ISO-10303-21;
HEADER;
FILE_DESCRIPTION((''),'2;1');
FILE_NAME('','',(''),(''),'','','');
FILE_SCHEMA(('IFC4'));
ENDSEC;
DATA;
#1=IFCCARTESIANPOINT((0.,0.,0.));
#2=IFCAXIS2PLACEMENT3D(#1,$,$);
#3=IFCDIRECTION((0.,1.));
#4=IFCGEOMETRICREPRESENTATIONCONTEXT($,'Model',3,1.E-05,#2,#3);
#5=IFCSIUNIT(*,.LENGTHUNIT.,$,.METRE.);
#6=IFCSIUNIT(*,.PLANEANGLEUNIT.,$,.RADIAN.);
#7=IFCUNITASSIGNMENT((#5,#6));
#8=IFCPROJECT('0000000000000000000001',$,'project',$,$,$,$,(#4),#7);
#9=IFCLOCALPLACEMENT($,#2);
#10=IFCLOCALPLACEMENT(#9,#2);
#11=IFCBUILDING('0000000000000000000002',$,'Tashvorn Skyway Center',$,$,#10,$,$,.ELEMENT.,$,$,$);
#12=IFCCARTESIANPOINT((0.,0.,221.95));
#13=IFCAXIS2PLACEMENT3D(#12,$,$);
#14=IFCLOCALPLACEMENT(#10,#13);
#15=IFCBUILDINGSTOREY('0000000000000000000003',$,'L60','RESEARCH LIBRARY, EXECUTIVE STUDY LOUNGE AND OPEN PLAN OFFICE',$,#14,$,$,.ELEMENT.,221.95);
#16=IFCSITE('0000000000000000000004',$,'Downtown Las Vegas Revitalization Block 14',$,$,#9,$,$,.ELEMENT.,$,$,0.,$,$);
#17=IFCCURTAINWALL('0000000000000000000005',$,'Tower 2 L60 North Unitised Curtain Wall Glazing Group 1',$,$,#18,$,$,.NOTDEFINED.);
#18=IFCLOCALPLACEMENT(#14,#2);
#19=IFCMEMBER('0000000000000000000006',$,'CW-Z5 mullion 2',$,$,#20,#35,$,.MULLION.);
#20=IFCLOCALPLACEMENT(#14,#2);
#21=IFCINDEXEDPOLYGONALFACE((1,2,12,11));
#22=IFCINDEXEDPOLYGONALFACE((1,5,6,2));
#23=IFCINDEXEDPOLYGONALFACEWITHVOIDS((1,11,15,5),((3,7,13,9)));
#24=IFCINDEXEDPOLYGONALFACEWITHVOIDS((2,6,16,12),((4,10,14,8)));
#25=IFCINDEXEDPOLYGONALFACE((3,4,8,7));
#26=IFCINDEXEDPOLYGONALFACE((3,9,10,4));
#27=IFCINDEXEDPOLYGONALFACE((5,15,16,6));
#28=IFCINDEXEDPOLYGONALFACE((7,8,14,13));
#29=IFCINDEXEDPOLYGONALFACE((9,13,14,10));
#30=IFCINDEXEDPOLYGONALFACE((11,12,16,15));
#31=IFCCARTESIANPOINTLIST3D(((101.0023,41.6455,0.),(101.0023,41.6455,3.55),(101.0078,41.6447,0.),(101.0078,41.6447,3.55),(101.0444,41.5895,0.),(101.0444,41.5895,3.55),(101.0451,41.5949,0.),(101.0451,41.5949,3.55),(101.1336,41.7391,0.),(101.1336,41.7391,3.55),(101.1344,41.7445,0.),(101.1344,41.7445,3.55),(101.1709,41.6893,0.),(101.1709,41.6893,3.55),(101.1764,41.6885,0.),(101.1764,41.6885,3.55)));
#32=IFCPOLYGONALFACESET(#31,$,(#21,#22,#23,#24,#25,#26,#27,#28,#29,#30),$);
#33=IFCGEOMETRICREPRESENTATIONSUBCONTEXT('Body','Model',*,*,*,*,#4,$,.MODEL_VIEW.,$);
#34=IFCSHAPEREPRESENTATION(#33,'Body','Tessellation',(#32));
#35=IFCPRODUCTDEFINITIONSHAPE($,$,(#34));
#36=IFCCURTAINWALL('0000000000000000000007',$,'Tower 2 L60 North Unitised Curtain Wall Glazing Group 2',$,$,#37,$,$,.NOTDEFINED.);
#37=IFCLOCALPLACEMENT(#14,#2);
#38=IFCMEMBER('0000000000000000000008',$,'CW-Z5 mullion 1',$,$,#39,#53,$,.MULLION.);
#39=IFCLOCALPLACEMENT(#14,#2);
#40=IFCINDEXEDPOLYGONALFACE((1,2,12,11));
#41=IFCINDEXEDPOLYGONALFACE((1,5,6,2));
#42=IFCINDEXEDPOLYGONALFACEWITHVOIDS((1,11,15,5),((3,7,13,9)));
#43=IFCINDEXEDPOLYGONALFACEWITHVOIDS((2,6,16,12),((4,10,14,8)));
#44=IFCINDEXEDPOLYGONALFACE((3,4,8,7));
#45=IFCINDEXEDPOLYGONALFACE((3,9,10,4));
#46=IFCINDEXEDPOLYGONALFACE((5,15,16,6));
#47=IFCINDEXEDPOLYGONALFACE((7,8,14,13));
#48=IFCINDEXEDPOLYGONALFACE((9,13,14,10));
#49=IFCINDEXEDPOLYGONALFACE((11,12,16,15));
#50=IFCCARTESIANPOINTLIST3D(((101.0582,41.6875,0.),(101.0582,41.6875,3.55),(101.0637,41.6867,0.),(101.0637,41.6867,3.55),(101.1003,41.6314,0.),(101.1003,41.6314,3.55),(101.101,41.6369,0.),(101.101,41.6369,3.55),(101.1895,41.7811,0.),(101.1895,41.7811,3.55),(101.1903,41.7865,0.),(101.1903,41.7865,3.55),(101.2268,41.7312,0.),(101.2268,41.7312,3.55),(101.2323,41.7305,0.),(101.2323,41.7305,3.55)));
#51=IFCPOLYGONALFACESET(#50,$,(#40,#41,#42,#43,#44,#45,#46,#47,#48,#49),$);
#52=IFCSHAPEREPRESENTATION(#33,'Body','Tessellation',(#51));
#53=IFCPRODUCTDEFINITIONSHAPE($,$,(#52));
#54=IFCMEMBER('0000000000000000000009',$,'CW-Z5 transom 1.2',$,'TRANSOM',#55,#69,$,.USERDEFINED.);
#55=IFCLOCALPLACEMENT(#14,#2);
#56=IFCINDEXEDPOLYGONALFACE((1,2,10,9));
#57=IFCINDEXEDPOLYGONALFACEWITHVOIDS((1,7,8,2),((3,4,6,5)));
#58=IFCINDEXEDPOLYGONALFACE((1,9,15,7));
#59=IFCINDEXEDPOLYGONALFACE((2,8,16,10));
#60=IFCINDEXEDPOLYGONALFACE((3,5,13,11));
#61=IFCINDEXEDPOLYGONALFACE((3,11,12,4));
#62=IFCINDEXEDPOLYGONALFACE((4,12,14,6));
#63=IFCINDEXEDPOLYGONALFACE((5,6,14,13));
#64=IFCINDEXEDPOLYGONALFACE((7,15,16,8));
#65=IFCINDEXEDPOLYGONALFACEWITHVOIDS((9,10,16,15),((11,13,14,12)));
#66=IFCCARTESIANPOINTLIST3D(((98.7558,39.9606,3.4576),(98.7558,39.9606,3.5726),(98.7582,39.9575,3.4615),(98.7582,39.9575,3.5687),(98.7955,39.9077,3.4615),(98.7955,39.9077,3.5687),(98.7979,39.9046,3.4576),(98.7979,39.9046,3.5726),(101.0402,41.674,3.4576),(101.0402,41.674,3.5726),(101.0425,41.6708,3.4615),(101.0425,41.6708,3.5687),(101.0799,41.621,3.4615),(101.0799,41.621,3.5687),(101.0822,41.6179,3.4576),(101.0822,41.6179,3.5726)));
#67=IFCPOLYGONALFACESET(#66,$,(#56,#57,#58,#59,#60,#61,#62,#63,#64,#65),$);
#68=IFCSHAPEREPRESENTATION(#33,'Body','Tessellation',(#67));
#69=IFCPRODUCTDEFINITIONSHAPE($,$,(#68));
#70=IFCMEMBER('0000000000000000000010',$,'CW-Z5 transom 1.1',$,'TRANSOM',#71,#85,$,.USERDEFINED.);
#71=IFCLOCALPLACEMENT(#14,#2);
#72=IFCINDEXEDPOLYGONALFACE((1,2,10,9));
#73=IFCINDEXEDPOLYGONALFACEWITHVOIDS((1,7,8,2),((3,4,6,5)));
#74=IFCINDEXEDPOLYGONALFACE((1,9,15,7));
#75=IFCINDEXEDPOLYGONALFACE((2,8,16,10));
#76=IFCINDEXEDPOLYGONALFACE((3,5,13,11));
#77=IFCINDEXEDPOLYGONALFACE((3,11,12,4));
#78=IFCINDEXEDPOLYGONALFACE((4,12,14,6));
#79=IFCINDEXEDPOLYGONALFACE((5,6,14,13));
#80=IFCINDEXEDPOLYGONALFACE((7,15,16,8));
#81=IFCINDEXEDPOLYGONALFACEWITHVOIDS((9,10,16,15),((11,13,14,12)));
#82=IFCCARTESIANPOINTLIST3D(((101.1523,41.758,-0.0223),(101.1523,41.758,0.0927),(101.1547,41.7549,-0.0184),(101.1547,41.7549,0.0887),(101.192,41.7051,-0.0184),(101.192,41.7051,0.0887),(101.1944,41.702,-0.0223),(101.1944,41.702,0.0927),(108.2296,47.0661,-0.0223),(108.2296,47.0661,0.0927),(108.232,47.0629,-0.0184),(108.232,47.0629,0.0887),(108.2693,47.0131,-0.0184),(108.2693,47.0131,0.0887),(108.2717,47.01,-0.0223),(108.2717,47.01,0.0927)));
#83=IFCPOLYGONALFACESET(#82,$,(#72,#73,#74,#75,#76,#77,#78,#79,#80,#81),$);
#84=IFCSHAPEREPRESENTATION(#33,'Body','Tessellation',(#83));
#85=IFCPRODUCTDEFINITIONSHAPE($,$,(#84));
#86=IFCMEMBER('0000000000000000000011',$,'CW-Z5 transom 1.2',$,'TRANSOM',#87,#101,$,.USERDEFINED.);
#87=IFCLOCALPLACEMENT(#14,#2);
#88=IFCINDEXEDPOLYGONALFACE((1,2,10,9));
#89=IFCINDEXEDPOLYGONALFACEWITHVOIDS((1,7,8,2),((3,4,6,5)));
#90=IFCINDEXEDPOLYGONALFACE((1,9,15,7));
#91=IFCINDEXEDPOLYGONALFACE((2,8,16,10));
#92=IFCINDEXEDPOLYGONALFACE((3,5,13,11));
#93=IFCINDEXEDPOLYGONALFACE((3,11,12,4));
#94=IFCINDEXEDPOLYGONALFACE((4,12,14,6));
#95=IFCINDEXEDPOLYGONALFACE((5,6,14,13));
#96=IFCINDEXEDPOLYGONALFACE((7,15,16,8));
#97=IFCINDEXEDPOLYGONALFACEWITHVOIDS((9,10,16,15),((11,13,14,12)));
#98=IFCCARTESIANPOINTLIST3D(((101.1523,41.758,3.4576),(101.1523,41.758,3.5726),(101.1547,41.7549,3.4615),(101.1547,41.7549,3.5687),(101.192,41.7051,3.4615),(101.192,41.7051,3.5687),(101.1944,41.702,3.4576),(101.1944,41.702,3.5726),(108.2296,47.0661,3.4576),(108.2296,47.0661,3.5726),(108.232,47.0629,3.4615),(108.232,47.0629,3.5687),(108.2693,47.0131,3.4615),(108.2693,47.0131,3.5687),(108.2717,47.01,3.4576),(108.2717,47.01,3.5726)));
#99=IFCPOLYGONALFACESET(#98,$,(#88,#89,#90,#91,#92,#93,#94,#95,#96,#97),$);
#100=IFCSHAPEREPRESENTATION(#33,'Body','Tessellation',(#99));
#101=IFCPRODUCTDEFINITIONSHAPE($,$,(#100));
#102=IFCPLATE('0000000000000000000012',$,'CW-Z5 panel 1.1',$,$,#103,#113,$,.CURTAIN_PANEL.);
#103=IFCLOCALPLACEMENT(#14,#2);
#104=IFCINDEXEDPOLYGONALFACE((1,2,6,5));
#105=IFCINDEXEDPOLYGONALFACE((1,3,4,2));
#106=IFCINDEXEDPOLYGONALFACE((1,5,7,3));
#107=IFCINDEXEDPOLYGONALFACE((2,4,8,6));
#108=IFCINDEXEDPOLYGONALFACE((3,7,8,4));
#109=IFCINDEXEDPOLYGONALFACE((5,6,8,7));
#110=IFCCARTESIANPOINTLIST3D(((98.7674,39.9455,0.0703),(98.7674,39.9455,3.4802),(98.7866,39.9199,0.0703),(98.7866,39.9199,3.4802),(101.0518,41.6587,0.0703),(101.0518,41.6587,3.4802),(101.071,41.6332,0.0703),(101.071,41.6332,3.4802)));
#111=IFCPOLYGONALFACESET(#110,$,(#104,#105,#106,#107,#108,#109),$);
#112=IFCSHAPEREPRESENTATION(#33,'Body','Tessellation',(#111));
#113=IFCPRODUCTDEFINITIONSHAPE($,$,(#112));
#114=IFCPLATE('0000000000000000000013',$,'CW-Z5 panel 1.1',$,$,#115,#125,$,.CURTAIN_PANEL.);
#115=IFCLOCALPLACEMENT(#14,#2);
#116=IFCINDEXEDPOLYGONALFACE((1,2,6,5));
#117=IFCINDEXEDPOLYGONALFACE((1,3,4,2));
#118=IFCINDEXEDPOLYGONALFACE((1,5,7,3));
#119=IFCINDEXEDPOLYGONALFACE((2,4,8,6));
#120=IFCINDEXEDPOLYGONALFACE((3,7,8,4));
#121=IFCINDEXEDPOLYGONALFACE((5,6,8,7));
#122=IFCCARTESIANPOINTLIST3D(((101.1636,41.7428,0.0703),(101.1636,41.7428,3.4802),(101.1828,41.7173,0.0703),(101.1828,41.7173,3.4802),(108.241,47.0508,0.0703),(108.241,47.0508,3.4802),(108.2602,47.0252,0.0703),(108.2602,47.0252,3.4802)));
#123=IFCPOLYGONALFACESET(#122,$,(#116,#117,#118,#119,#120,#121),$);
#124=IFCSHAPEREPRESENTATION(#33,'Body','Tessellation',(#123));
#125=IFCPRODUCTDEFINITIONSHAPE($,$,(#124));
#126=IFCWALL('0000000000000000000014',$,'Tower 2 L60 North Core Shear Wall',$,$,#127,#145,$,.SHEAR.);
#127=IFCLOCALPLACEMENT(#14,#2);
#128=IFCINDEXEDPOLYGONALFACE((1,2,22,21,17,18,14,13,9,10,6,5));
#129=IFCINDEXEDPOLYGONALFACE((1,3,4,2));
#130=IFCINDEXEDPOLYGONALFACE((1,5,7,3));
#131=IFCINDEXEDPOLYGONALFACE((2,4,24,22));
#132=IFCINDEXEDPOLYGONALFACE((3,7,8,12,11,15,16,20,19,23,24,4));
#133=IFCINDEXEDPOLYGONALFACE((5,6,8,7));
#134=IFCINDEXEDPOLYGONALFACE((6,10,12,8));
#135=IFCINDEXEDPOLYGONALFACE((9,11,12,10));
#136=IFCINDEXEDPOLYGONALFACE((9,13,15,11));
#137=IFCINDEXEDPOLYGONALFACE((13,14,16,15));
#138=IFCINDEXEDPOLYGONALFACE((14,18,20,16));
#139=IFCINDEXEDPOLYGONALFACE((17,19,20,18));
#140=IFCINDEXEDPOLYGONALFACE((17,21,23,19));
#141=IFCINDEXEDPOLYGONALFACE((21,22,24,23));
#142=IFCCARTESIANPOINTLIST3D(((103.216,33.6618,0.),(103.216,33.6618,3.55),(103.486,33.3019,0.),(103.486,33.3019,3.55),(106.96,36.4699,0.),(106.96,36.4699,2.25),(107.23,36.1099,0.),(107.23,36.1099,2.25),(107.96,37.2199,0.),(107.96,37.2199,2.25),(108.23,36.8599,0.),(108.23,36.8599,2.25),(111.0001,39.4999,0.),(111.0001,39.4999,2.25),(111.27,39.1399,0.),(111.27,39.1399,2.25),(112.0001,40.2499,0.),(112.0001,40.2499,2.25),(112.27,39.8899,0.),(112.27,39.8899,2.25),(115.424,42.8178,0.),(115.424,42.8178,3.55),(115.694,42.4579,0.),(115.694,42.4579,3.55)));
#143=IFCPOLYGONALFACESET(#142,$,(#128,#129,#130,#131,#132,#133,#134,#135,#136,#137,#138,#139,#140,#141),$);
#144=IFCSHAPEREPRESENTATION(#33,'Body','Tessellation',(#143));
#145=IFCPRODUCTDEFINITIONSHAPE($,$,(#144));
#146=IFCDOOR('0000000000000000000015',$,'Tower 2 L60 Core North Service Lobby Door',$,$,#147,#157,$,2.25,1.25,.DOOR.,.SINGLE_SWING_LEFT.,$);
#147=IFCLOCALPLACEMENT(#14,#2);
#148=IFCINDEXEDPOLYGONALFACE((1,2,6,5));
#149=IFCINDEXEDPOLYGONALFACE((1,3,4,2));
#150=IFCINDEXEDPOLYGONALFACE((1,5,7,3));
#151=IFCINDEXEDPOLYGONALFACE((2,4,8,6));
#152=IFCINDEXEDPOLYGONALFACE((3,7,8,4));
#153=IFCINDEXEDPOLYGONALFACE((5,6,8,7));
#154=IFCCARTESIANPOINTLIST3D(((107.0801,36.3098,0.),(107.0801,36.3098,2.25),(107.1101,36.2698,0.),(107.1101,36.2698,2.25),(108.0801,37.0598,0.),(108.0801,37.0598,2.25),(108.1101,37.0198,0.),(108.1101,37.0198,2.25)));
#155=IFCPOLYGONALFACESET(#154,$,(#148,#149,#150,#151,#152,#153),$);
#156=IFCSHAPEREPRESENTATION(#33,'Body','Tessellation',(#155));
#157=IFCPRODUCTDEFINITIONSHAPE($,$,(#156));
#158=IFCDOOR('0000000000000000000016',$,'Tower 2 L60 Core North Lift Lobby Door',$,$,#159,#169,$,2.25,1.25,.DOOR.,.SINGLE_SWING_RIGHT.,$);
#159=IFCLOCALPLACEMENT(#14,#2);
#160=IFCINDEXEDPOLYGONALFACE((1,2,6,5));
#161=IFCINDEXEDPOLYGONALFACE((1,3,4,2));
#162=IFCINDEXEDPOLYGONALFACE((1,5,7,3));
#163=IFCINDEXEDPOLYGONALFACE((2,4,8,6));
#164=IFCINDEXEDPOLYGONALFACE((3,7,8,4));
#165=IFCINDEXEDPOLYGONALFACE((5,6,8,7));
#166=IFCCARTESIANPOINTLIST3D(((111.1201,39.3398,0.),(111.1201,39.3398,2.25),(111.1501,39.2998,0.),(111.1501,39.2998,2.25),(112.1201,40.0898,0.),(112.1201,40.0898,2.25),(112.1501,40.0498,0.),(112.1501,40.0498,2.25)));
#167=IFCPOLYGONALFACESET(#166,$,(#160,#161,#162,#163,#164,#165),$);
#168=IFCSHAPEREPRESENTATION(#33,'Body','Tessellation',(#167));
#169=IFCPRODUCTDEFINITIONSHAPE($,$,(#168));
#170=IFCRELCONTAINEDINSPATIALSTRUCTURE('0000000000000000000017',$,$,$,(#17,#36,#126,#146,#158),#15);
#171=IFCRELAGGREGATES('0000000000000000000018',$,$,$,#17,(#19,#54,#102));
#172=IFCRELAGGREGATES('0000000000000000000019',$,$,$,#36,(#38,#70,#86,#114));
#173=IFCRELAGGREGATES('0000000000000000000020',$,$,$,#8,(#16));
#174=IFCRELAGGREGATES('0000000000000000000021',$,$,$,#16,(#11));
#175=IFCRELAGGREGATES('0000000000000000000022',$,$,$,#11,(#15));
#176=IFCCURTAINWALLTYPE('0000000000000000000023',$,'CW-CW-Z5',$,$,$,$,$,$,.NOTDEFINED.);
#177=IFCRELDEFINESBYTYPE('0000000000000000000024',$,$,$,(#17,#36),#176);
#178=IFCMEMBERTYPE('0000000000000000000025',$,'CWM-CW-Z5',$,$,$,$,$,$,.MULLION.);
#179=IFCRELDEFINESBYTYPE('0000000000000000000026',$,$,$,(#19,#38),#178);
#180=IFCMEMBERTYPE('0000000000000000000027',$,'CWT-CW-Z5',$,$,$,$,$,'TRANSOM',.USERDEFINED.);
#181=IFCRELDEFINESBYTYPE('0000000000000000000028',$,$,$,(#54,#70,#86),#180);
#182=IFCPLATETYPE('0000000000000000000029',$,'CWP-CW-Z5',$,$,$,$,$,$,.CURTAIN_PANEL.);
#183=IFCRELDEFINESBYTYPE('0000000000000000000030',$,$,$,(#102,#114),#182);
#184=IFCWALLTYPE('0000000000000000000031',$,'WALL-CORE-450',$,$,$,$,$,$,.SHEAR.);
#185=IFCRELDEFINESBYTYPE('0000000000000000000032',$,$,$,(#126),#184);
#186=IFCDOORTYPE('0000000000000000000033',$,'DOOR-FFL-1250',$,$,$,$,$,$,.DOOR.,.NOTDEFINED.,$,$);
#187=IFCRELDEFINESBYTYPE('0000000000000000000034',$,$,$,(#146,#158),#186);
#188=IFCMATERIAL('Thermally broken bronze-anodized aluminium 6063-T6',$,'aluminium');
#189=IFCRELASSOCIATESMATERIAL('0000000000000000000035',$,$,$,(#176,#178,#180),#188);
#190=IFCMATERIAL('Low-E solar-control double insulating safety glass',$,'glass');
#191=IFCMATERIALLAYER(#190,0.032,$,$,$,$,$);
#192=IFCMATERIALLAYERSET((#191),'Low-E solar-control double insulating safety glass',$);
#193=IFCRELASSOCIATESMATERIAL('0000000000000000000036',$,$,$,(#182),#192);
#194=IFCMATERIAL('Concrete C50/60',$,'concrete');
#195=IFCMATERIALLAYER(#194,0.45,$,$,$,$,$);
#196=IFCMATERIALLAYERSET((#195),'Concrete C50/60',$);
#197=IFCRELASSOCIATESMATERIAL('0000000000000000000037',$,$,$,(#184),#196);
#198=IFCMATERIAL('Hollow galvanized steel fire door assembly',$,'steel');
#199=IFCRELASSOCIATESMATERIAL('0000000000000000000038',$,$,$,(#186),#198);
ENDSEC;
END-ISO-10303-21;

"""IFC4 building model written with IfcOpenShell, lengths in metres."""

from ifc_helpers import new_model, si_unit, direction, frame, frame_2d, origin, origin_2d, place, context, subcontext, project, spatial, rectangle, hollow_rectangle, extrude, material, layer, layer_set, material_profile, profile_set, type_object, element, fill, aggregate, save


model = new_model("IFC4")

# Units and contexts
model_context = context("Model", 3, precision=1e-05, world=origin(), true_north=direction((0.0, 1.0)))
body_context = subcontext(model_context, "Body", "Model", "MODEL_VIEW")
ifc_project = project(units=[si_unit("LENGTHUNIT", "METRE"), si_unit("PLANEANGLEUNIT", "RADIAN")], contexts=[model_context])

# Site, building, storey
site_placement = place(None, origin())
site = spatial("IfcSite", under=ifc_project, at=site_placement, Name="Downtown Las Vegas Revitalization Block 14", CompositionType="ELEMENT", RefElevation=0.0)
building_placement = place(site_placement, origin())
building = spatial("IfcBuilding", under=site, at=building_placement, Name="Tashvorn Skyway Center", CompositionType="ELEMENT")
storey_placement = place(building_placement, frame((0.0, 0.0, 221.95)))
storey = spatial("IfcBuildingStorey", under=building, at=storey_placement, Name="L60", Description="RESEARCH LIBRARY, EXECUTIVE STUDY LOUNGE AND OPEN PLAN OFFICE", CompositionType="ELEMENT", Elevation=221.95)

# Curtain walls, members
ifc_material_1 = material(Name="Thermally broken bronze-anodized aluminium 6063-T6", Category="aluminium")
curtain_wall_type = type_object("IfcCurtainWallType", Name="CW-CW-Z5", PredefinedType="NOTDEFINED", material=ifc_material_1)
curtain_wall_1_placement = place(storey_placement, origin())
curtain_wall_1 = element("IfcCurtainWall", 1, at=curtain_wall_1_placement, inside=storey, type_object=curtain_wall_type, Name="Tower 2 L60 North Unitised Curtain Wall Glazing Group 1", PredefinedType="NOTDEFINED")
ifc_material_profile_1 = material_profile(ifc_material_1, hollow_rectangle(XDim=0.0701, YDim=0.165, WallThickness=0.0039, at=origin_2d()), Name="ALU-MULL-70x165")
ifc_profile_set_1 = profile_set([ifc_material_profile_1], Name="Thermally broken bronze-anodized aluminium 6063-T6")
member_type_1 = type_object("IfcMemberType", Name="CWM-CW-Z5", PredefinedType="MULLION", material=ifc_profile_set_1)
member_1_placement = place(storey_placement, frame((101.0894, 41.667, 0.0), z_axis=(0.0, 0.0, 1.0), x_axis=(-0.6, 0.8, 0.0)))
member_1 = element("IfcMember", 2, at=member_1_placement, type_object=member_type_1, Name="CW-Z5 mullion 2", PredefinedType="MULLION", context=body_context, shape_type="SweptSolid", body=[
    extrude(hollow_rectangle(XDim=0.0701, YDim=0.165, WallThickness=0.0039, at=origin_2d()), origin(), (0.0, 0.0, 1.0), 3.55),
])
curtain_wall_2_placement = place(storey_placement, origin())
curtain_wall_2 = element("IfcCurtainWall", 3, at=curtain_wall_2_placement, inside=storey, type_object=curtain_wall_type, Name="Tower 2 L60 North Unitised Curtain Wall Glazing Group 2", PredefinedType="NOTDEFINED")
member_2_placement = place(storey_placement, frame((101.1453, 41.709, 0.0), z_axis=(0.0, 0.0, 1.0), x_axis=(-0.599996, 0.800003, 0.0)))
member_2 = element("IfcMember", 4, at=member_2_placement, type_object=member_type_1, Name="CW-Z5 mullion 1", PredefinedType="MULLION", context=body_context, shape_type="SweptSolid", body=[
    extrude(hollow_rectangle(XDim=0.0701, YDim=0.165, WallThickness=0.0039, at=origin_2d()), origin(), (0.0, 0.0, 1.0), 3.55),
])

# Members
ifc_material_profile_2 = material_profile(ifc_material_1, hollow_rectangle(XDim=0.0701, YDim=0.115, WallThickness=0.0039, at=origin_2d()), Name="ALU-TRAN-70x115")
ifc_profile_set_2 = profile_set([ifc_material_profile_2], Name="Thermally broken bronze-anodized aluminium 6063-T6")
member_type_2 = type_object("IfcMemberType", Name="CWT-CW-Z5", ElementType="TRANSOM", PredefinedType="USERDEFINED", material=ifc_profile_set_2)
member_3_placement = place(storey_placement, frame((98.7769, 39.9326, 3.5151), z_axis=(0.79999, 0.600014, 0.0), x_axis=(-0.600014, 0.79999, 0.0)))
member_3 = element("IfcMember", 5, at=member_3_placement, type_object=member_type_2, Name="CW-Z5 transom 1.2", ObjectType="TRANSOM", PredefinedType="USERDEFINED", context=body_context, shape_type="SweptSolid", body=[
    extrude(hollow_rectangle(XDim=0.0701, YDim=0.115, WallThickness=0.0039, at=origin_2d()), origin(), (0.0, 0.0, 1.0), 2.8555),
])
member_4_placement = place(storey_placement, frame((101.1733, 41.73, 0.0352), z_axis=(0.799997, 0.600004, 0.0), x_axis=(-0.600004, 0.799997, 0.0)))
member_4 = element("IfcMember", 6, at=member_4_placement, type_object=member_type_2, Name="CW-Z5 transom 1.1", ObjectType="TRANSOM", PredefinedType="USERDEFINED", context=body_context, shape_type="SweptSolid", body=[
    extrude(hollow_rectangle(XDim=0.0701, YDim=0.115, WallThickness=0.0039, at=origin_2d()), origin(), (0.0, 0.0, 1.0), 8.8467),
])
member_5_placement = place(storey_placement, frame((101.1733, 41.73, 3.5151), z_axis=(0.799997, 0.600004, 0.0), x_axis=(-0.600004, 0.799997, 0.0)))
member_5 = element("IfcMember", 7, at=member_5_placement, type_object=member_type_2, Name="CW-Z5 transom 1.2", ObjectType="TRANSOM", PredefinedType="USERDEFINED", context=body_context, shape_type="SweptSolid", body=[
    extrude(hollow_rectangle(XDim=0.0701, YDim=0.115, WallThickness=0.0039, at=origin_2d()), origin(), (0.0, 0.0, 1.0), 8.8467),
])

# Plates
ifc_material_2 = material(Name="Low-E solar-control double insulating safety glass", Category="glass")
ifc_layer_1 = layer(ifc_material_2, 0.032)
ifc_layer_set_1 = layer_set([ifc_layer_1], Name="Low-E solar-control double insulating safety glass")
plate_type = type_object("IfcPlateType", Name="CWP-CW-Z5", PredefinedType="CURTAIN_PANEL", material=ifc_layer_set_1)
plate_1_placement = place(storey_placement, frame((99.9192, 40.7893, 0.0703), z_axis=(0.0, 0.0, 1.0), x_axis=(0.8, 0.6, 0.0)))
plate_1 = element("IfcPlate", 8, at=plate_1_placement, type_object=plate_type, Name="CW-Z5 panel 1.1", PredefinedType="CURTAIN_PANEL", context=body_context, shape_type="SweptSolid", body=[
    extrude(rectangle(XDim=2.8555, YDim=0.032, at=origin_2d()), origin(), (0.0, 0.0, 1.0), 3.4099),
])
aggregate(curtain_wall_1, [member_1, member_3, plate_1])
plate_2_placement = place(storey_placement, frame((104.7119, 44.384, 0.0703), z_axis=(0.0, 0.0, 1.0), x_axis=(0.800003, 0.599996, 0.0)))
plate_2 = element("IfcPlate", 9, at=plate_2_placement, type_object=plate_type, Name="CW-Z5 panel 1.1", PredefinedType="CURTAIN_PANEL", context=body_context, shape_type="SweptSolid", body=[
    extrude(rectangle(XDim=8.8467, YDim=0.032, at=origin_2d()), origin(), (0.0, 0.0, 1.0), 3.4099),
])
aggregate(curtain_wall_2, [member_2, member_4, member_5, plate_2])

# Wall, openings, doors
ifc_material_3 = material(Name="Concrete C50/60", Category="concrete")
ifc_layer_2 = layer(ifc_material_3, 0.45)
ifc_layer_set_2 = layer_set([ifc_layer_2], Name="Concrete C50/60")
wall_type_1 = type_object("IfcWallType", Name="WALL-CORE-450", PredefinedType="SHEAR", material=ifc_layer_set_2)
wall_1_placement = place(storey_placement, frame((103.3511, 33.4819, 0.0), z_axis=(0.0, 0.0, 1.0), x_axis=(0.8, 0.6, 0.0)))
wall_1 = element("IfcWall", 10, at=wall_1_placement, inside=storey, type_object=wall_type_1, Name="Tower 2 L60 North Core Shear Wall", PredefinedType="SHEAR", context=body_context, shape_type="SweptSolid", body=[
    extrude(rectangle(XDim=15.26, YDim=0.45, at=frame_2d((7.6299, 0.0))), origin(), (0.0, 0.0, 1.0), 3.55),
])
opening_1_placement = place(wall_1_placement, frame((4.6799, 0.0, 0.0)))
opening_1 = element("IfcOpeningElement", 11, at=opening_1_placement, cuts=wall_1, PredefinedType="OPENING", context=body_context, shape_type="SweptSolid", body=[
    extrude(rectangle(XDim=1.25, YDim=2.25, at=frame_2d((0.625, 1.125))), frame((0.0, 0.2349, 0.0), z_axis=(0.0, -1.0, 0.0), x_axis=(1.0, 0.0, 0.0)), (0.0, 0.0, 1.0), 0.47),
])
opening_2_placement = place(wall_1_placement, frame((9.73, 0.0, 0.0)))
opening_2 = element("IfcOpeningElement", 12, at=opening_2_placement, cuts=wall_1, PredefinedType="OPENING", context=body_context, shape_type="SweptSolid", body=[
    extrude(rectangle(XDim=1.25, YDim=2.25, at=frame_2d((0.625, 1.125))), frame((0.0, 0.2349, 0.0), z_axis=(0.0, -1.0, 0.0), x_axis=(1.0, 0.0, 0.0)), (0.0, 0.0, 1.0), 0.47),
])
ifc_material_4 = material(Name="Hollow galvanized steel fire door assembly", Category="steel")
door_type_1 = type_object("IfcDoorType", Name="DOOR-FFL-1250", OperationType="NOTDEFINED", PredefinedType="DOOR", material=ifc_material_4)
door_1_placement = place(opening_1_placement, origin())
door_1 = element("IfcDoor", 13, at=door_1_placement, inside=storey, type_object=door_type_1, Name="Tower 2 L60 Core North Service Lobby Door", OperationType="SINGLE_SWING_LEFT", OverallHeight=2.25, OverallWidth=1.25, PredefinedType="DOOR", context=body_context, shape_type="SweptSolid", body=[
    extrude(rectangle(XDim=1.25, YDim=2.25, at=frame_2d((0.625, 1.125))), frame((0.0, 0.0249, 0.0), z_axis=(0.0, -1.0, 0.0), x_axis=(1.0, 0.0, 0.0)), (0.0, 0.0, 1.0), 0.05),
])
fill(opening_1, door_1)
door_2_placement = place(opening_2_placement, origin())
door_2 = element("IfcDoor", 14, at=door_2_placement, inside=storey, type_object=door_type_1, Name="Tower 2 L60 Core North Lift Lobby Door", OperationType="SINGLE_SWING_RIGHT", OverallHeight=2.25, OverallWidth=1.25, PredefinedType="DOOR", context=body_context, shape_type="SweptSolid", body=[
    extrude(rectangle(XDim=1.25, YDim=2.25, at=frame_2d((0.625, 1.125))), frame((0.0, 0.0249, 0.0), z_axis=(0.0, -1.0, 0.0), x_axis=(1.0, 0.0, 0.0)), (0.0, 0.0, 1.0), 0.05),
])
fill(opening_2, door_2)

save(model, "model.ifc")
